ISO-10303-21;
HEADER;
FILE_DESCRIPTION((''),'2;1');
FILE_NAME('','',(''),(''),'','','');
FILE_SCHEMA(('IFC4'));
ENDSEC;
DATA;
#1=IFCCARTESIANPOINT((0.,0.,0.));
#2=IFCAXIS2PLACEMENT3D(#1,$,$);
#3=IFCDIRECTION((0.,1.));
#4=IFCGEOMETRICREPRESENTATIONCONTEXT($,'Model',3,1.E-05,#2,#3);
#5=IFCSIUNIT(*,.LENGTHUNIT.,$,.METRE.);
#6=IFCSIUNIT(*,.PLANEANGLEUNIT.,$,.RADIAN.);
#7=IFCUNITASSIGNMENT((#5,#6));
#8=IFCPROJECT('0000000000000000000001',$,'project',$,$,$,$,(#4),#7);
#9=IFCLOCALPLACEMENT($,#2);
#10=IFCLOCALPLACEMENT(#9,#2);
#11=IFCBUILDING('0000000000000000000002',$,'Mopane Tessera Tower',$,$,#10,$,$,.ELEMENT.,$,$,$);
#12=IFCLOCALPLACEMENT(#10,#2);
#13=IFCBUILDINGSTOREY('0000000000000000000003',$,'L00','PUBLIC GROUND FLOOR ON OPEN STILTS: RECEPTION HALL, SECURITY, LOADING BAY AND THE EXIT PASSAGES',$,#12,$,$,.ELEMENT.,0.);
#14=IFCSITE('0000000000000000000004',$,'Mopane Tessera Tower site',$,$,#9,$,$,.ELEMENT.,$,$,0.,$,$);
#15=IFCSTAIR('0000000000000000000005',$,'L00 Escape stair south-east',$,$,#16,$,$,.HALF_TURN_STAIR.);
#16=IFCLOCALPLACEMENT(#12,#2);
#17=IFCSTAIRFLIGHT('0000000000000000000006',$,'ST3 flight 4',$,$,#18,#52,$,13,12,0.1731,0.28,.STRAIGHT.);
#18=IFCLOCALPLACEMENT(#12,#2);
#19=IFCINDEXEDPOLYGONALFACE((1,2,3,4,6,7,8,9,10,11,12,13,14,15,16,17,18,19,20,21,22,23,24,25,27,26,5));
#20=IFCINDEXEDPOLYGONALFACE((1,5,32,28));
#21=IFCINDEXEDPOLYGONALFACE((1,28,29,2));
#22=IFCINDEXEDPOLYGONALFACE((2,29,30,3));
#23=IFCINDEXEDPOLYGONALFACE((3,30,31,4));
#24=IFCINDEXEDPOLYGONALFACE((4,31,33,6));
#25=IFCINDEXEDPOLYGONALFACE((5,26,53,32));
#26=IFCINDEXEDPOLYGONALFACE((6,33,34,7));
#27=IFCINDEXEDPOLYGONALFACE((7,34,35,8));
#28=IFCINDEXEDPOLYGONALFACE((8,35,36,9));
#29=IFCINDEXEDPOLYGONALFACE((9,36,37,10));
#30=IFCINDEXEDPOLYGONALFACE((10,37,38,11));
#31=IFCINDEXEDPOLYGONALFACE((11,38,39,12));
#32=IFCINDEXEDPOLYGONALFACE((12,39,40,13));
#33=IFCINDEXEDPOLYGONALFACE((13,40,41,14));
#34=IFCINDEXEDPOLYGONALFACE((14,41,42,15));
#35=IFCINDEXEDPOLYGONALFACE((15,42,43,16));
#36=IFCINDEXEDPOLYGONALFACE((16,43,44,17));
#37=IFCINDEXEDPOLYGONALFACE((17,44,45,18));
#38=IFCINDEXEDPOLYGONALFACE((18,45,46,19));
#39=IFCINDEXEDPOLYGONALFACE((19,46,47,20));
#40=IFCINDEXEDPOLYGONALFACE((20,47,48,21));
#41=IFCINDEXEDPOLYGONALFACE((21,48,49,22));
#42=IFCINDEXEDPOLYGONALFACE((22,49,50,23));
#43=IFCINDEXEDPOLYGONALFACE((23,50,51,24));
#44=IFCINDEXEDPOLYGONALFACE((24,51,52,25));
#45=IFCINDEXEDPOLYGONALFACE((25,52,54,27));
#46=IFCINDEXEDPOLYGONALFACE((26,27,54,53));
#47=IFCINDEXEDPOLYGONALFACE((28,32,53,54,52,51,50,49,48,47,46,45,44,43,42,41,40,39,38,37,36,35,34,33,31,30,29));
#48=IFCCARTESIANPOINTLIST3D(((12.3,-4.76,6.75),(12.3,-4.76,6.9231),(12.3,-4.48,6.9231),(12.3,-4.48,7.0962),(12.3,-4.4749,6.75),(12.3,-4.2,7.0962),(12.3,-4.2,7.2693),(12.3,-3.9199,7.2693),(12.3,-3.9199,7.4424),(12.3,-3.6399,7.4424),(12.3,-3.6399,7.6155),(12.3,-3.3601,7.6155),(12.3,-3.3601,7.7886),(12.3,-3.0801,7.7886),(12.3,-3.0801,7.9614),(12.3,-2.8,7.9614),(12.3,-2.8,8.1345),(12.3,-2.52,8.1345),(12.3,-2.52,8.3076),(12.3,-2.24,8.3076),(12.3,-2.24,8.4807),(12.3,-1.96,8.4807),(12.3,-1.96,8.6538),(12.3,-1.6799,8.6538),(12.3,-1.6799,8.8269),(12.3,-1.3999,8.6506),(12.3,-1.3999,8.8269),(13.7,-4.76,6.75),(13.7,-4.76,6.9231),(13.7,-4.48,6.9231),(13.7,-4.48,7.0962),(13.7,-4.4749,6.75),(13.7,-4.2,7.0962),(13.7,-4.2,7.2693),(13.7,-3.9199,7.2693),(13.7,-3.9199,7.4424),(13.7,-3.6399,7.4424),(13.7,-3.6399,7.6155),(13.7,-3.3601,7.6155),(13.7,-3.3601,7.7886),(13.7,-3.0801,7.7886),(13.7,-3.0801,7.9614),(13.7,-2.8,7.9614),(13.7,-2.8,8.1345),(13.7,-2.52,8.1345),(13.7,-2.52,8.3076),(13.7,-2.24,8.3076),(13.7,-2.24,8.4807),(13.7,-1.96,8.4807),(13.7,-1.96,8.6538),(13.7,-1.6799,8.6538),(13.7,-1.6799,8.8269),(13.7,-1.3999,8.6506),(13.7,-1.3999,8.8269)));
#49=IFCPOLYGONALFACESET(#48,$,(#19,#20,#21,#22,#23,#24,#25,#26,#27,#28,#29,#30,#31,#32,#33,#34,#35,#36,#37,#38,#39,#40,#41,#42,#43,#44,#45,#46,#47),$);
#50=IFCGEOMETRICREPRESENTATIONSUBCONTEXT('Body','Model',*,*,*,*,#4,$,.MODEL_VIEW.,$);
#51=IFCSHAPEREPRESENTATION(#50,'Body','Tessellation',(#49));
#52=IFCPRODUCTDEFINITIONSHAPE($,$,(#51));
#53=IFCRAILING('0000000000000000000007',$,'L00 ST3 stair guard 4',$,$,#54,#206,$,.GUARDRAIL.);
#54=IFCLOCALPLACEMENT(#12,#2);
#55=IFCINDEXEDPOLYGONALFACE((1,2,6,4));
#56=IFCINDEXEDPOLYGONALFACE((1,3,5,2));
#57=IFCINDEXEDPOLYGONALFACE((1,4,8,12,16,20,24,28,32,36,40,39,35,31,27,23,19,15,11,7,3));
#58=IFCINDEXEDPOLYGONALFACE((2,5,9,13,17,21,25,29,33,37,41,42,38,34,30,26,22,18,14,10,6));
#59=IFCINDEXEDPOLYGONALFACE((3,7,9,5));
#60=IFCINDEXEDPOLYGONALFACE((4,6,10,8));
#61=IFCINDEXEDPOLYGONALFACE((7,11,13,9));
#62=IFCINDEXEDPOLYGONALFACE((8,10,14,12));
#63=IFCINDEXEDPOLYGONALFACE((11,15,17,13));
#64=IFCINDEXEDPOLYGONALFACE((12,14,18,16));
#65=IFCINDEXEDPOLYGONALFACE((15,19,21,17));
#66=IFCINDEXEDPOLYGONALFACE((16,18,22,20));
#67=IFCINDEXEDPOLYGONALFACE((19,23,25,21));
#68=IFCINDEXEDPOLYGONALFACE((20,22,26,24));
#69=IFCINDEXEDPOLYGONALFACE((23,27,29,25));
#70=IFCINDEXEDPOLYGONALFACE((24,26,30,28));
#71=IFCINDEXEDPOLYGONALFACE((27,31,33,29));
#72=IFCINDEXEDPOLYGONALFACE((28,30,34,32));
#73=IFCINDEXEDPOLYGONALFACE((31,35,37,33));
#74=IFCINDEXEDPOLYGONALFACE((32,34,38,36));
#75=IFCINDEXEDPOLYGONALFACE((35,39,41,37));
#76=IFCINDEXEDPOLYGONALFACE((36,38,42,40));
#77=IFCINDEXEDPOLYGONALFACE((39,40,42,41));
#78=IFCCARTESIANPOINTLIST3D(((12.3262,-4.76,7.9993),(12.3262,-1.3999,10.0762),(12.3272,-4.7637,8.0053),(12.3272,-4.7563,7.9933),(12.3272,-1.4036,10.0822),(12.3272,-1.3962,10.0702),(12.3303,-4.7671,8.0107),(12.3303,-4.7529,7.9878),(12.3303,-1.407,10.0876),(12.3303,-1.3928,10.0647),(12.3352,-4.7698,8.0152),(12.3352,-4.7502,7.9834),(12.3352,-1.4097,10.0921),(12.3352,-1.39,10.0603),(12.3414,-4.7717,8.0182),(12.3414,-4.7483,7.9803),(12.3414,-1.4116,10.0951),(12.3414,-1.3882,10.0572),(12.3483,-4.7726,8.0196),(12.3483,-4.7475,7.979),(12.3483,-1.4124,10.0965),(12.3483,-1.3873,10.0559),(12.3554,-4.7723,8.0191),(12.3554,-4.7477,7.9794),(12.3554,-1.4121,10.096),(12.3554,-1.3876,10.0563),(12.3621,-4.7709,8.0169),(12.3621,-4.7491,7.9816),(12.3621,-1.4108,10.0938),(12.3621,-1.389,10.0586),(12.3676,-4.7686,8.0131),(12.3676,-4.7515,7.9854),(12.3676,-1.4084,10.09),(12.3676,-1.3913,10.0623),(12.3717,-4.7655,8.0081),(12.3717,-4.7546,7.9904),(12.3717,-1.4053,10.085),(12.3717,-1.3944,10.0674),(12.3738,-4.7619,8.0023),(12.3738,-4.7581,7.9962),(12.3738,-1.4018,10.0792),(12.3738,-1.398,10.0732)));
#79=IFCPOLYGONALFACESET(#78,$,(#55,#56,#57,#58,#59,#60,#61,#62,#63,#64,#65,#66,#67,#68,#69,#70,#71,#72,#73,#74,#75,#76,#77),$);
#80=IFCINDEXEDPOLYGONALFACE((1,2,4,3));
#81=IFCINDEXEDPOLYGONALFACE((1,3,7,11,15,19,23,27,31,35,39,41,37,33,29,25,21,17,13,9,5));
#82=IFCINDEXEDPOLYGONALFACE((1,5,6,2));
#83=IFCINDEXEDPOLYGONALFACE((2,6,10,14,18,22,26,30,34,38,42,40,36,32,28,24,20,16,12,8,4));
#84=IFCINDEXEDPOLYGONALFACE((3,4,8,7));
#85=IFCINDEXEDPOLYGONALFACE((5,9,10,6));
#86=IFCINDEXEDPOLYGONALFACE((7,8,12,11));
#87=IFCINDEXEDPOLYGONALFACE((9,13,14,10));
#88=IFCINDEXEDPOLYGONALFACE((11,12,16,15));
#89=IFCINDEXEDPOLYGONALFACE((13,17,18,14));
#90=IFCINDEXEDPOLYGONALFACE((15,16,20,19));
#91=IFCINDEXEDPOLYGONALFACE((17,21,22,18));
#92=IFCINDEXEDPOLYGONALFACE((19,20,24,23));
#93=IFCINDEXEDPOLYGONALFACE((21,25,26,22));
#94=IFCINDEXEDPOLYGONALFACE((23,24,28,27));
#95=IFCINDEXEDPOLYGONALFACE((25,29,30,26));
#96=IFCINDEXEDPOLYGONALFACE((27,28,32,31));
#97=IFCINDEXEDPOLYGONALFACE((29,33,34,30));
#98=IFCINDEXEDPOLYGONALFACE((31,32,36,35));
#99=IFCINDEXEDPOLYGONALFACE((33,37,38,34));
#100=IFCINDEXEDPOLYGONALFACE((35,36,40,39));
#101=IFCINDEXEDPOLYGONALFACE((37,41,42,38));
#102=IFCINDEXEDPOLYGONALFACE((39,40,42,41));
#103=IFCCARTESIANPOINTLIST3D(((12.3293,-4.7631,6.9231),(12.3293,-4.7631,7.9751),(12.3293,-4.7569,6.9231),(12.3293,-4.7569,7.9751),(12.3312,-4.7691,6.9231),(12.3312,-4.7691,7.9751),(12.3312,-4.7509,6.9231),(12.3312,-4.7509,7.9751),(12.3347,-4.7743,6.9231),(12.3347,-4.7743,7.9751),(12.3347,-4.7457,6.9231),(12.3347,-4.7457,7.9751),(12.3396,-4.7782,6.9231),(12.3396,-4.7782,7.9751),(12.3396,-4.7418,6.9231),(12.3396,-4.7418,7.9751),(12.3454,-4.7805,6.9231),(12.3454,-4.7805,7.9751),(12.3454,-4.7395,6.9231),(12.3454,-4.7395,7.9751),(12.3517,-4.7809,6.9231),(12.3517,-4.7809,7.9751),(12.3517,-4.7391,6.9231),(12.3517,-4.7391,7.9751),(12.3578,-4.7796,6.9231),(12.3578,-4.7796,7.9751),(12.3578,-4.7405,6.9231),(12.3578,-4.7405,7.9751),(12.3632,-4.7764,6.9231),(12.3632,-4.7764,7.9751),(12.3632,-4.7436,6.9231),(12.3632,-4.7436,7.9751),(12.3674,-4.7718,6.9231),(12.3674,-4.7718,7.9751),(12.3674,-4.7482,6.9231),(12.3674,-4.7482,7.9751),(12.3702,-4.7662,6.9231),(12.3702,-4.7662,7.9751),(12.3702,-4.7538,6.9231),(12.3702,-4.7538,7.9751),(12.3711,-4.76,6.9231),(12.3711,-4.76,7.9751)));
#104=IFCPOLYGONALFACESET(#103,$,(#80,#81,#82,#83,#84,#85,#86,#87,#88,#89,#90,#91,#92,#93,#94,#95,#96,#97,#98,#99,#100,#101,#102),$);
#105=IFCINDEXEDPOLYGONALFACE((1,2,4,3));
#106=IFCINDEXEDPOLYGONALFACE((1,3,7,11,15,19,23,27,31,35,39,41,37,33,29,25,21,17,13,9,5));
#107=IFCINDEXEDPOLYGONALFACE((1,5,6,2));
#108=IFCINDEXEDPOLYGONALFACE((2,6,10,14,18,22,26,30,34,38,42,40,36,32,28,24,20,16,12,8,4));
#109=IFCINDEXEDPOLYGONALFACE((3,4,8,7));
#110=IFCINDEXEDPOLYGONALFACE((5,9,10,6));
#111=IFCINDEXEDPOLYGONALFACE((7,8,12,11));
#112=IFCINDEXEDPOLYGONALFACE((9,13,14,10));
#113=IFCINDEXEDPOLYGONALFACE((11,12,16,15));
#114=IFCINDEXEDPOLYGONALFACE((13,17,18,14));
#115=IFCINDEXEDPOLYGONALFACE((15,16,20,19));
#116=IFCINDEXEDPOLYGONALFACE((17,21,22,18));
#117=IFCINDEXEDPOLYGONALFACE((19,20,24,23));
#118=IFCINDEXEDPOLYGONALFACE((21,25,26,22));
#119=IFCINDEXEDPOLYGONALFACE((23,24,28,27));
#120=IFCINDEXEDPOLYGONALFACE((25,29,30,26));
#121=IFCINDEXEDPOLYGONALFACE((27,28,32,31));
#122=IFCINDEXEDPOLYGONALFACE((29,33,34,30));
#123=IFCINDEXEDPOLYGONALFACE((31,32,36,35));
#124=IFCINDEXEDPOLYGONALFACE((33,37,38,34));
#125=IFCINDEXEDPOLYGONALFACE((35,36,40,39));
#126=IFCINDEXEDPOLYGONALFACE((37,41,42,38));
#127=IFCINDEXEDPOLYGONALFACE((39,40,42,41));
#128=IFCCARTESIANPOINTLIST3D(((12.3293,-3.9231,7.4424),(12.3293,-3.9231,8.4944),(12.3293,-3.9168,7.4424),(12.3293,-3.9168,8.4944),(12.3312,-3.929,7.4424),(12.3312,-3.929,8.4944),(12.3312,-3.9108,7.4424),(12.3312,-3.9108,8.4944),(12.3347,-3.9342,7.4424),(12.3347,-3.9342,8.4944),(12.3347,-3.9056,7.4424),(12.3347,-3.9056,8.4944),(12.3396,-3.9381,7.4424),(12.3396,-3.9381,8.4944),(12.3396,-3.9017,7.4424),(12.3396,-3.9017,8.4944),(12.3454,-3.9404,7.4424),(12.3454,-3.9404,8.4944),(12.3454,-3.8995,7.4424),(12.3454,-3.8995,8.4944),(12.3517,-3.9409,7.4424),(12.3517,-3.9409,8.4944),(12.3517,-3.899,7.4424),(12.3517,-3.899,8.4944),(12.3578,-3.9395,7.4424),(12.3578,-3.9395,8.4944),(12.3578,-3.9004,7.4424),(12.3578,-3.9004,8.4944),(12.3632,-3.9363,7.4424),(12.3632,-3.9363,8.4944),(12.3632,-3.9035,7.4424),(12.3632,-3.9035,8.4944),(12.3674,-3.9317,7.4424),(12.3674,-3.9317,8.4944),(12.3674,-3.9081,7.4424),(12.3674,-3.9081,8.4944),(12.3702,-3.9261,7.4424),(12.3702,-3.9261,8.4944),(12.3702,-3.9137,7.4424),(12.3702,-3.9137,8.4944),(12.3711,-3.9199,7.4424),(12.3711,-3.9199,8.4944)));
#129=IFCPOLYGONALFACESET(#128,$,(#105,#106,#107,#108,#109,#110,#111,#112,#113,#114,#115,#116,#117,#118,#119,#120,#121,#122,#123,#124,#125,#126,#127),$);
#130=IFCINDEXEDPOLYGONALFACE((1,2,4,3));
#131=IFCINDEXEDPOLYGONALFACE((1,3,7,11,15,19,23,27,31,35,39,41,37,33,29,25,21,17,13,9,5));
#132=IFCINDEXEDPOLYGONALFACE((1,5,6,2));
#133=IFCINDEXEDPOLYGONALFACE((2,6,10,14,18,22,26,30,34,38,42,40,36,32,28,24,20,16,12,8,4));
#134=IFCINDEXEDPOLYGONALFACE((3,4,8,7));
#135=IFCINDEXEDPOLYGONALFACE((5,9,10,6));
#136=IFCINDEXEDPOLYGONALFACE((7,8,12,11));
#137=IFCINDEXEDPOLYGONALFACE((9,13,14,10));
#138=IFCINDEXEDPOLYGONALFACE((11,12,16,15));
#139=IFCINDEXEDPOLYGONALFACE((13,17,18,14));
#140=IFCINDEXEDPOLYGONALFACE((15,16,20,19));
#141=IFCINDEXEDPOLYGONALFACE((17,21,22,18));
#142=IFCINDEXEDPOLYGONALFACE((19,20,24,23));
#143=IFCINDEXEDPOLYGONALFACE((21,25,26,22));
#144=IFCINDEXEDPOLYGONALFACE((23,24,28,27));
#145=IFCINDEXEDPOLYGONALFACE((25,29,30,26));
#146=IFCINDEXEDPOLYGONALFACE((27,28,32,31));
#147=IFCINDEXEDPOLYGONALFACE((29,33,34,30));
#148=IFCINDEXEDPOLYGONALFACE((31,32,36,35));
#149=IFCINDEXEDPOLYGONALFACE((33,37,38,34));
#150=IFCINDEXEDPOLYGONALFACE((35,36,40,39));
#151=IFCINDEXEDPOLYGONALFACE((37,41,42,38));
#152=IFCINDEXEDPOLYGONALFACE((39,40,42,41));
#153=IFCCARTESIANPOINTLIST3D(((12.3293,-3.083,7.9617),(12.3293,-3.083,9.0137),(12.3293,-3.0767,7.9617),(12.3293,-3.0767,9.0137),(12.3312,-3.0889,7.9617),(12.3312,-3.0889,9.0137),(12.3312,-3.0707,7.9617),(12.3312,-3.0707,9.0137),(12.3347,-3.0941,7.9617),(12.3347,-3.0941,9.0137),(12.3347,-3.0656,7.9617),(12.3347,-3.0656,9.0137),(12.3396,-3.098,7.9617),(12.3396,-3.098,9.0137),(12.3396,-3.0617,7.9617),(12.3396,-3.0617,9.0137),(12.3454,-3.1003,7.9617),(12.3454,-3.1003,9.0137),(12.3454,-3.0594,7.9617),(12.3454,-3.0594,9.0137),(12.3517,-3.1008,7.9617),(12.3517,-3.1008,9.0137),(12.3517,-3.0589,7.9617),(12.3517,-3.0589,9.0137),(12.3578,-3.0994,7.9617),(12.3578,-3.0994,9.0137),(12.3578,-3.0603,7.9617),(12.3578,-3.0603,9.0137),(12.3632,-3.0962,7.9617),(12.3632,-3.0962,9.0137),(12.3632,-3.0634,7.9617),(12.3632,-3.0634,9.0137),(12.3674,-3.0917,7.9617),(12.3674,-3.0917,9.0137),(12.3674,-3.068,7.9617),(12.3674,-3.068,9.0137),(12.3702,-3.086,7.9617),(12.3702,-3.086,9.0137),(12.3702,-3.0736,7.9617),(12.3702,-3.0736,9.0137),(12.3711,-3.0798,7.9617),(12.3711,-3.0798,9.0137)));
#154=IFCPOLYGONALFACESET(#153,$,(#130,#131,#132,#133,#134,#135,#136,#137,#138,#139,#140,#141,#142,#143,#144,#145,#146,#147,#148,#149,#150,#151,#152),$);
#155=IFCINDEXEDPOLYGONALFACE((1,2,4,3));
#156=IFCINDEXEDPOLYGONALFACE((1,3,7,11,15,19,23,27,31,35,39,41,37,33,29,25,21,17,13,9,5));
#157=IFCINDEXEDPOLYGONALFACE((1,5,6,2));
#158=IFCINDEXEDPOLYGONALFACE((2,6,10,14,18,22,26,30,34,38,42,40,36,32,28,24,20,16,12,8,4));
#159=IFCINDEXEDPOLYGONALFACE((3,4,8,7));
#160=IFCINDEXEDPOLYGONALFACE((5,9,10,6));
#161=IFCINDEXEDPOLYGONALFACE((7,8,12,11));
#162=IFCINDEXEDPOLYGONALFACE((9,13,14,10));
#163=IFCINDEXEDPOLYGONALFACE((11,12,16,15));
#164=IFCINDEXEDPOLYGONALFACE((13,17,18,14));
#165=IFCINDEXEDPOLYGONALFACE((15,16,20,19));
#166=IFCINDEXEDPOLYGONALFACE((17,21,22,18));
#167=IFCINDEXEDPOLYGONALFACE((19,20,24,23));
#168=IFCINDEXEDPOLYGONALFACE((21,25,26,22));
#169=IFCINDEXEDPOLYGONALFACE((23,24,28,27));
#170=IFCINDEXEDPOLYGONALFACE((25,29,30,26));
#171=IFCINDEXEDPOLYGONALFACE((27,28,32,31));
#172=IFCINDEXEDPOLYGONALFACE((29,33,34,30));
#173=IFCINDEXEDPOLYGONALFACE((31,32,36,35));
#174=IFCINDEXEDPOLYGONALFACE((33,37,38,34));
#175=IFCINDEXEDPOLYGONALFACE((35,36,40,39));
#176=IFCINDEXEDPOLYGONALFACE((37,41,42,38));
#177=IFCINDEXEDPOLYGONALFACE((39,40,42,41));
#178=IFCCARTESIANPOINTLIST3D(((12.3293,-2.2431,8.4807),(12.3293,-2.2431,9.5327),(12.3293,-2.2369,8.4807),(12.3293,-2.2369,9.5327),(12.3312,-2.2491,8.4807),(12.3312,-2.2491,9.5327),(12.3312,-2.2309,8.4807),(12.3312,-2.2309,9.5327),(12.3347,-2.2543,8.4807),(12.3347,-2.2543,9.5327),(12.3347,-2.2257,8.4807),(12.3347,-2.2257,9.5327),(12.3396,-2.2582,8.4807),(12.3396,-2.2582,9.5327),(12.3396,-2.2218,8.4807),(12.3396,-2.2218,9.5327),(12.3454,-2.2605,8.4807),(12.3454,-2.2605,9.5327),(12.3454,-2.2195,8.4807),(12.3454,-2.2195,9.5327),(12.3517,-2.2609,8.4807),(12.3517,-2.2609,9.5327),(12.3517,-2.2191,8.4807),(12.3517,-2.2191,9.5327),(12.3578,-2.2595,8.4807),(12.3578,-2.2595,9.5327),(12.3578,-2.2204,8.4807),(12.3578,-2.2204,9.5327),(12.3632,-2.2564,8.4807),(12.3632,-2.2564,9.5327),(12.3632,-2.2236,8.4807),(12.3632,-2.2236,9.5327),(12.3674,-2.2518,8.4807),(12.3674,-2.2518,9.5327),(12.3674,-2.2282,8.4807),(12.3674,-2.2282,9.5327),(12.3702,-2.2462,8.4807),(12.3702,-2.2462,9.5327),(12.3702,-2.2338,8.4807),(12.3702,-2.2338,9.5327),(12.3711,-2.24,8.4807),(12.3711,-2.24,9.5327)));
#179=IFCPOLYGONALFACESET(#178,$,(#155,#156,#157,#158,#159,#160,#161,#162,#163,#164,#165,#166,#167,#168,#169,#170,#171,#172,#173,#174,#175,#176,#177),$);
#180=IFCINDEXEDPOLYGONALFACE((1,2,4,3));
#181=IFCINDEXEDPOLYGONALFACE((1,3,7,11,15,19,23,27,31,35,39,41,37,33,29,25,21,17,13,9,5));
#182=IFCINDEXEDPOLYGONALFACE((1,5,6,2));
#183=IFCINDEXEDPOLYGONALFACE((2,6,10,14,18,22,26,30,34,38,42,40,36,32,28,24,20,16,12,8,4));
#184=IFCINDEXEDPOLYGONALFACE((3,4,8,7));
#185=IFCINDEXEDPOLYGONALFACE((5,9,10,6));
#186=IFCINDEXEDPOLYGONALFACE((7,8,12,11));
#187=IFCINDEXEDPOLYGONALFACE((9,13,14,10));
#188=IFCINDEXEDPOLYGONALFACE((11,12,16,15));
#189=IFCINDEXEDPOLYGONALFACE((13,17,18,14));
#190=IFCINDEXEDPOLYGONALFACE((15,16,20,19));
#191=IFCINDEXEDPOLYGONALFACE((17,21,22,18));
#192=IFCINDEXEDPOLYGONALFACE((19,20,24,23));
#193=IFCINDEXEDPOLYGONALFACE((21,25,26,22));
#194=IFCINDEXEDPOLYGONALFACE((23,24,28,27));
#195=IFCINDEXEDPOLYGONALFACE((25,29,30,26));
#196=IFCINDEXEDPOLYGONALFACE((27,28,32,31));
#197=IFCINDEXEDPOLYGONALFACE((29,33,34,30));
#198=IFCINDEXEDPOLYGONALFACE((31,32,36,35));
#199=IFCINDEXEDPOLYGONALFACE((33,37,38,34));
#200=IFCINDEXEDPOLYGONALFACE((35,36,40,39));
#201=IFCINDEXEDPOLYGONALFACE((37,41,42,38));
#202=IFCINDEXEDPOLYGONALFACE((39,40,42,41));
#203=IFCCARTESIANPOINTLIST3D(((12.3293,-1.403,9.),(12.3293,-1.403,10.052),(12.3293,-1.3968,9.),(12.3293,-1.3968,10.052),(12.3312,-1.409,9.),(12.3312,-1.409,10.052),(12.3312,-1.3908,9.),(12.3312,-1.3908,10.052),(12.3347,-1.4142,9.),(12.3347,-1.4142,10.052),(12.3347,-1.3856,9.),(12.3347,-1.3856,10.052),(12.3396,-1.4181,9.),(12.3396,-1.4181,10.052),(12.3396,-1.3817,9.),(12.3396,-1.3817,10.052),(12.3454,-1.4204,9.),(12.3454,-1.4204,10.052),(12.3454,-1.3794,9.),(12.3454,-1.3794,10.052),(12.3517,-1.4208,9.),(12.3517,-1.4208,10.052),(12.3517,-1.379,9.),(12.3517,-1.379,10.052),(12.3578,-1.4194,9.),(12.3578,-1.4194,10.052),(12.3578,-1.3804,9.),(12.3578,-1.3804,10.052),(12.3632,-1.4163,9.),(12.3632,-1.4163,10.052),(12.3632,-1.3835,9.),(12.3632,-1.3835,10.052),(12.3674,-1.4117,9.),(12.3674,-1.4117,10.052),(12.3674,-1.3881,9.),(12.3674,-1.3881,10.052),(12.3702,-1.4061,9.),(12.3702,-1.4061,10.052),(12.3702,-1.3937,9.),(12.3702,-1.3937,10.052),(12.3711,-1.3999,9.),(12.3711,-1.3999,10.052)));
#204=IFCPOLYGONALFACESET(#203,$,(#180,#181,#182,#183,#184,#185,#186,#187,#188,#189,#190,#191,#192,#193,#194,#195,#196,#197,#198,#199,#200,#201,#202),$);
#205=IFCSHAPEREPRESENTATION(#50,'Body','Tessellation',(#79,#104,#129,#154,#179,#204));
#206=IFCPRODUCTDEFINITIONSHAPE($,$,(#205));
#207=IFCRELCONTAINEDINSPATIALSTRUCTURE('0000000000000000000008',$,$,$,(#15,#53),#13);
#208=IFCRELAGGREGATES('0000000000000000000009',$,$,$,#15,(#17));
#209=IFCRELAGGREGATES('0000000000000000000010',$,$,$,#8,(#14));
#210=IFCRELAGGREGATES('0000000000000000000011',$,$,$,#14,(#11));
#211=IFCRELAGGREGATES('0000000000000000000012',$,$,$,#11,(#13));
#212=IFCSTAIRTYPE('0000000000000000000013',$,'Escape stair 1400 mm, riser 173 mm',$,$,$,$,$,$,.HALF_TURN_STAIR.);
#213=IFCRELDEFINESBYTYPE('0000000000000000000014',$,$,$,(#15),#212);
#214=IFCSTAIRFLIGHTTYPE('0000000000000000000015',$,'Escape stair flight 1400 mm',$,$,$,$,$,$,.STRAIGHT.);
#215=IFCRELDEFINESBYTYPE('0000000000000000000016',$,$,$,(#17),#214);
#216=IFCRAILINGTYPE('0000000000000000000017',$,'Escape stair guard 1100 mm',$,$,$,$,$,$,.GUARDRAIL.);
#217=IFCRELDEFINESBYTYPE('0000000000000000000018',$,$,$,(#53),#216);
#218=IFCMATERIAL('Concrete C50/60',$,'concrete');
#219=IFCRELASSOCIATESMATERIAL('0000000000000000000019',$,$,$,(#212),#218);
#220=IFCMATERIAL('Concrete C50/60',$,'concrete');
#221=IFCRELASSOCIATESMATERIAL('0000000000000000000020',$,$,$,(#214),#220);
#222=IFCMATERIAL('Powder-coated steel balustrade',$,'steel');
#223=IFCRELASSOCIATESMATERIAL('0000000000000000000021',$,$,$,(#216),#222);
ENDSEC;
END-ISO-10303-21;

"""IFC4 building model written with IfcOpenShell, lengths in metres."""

from ifc_helpers import new_model, si_unit, direction, frame, origin, origin_2d, place, context, subcontext, project, spatial, polyline, circle, outline, extrude, material, type_object, element, aggregate, save


model = new_model("IFC4")

# Units and contexts
model_context = context("Model", 3, precision=1e-05, world=origin(), true_north=direction((0.0, 1.0)))
body_context = subcontext(model_context, "Body", "Model", "MODEL_VIEW")
ifc_project = project(units=[si_unit("LENGTHUNIT", "METRE"), si_unit("PLANEANGLEUNIT", "RADIAN")], contexts=[model_context])

# Site, building, storey
site_placement = place(None, origin())
site = spatial("IfcSite", under=ifc_project, at=site_placement, Name="Mopane Tessera Tower site", CompositionType="ELEMENT", RefElevation=0.0)
building_placement = place(site_placement, origin())
building = spatial("IfcBuilding", under=site, at=building_placement, Name="Mopane Tessera Tower", CompositionType="ELEMENT")
storey_placement = place(building_placement, origin())
storey = spatial("IfcBuildingStorey", under=building, at=storey_placement, Name="L00", Description="PUBLIC GROUND FLOOR ON OPEN STILTS: RECEPTION HALL, SECURITY, LOADING BAY AND THE EXIT PASSAGES", CompositionType="ELEMENT", Elevation=0.0)

# Stair, stair flight
ifc_material_1 = material(Name="Concrete C50/60", Category="concrete")
stair_type = type_object("IfcStairType", Name="Escape stair 1400 mm, riser 173 mm", PredefinedType="HALF_TURN_STAIR", material=ifc_material_1)
stair_placement = place(storey_placement, origin())
stair = element("IfcStair", 1, at=stair_placement, inside=storey, type_object=stair_type, Name="L00 Escape stair south-east", PredefinedType="HALF_TURN_STAIR")
ifc_material_2 = material(Name="Concrete C50/60", Category="concrete")
stair_flight_type = type_object("IfcStairFlightType", Name="Escape stair flight 1400 mm", PredefinedType="STRAIGHT", material=ifc_material_2)
stair_flight_1_placement = place(storey_placement, frame((13.0, -4.76, 6.75), z_axis=(0.0, 0.0, 1.0), x_axis=(0.0, 1.0, 0.0)))
stair_flight_1 = element("IfcStairFlight", 2, at=stair_flight_1_placement, type_object=stair_flight_type, Name="ST3 flight 4", NumberOfRisers=13, NumberOfTreads=12, PredefinedType="STRAIGHT", RiserHeight=0.1731, TreadLength=0.28, context=body_context, shape_type="SweptSolid", body=[
    extrude(outline(polyline([(0.0, 0.0), (0.0, 0.1731), (0.28, 0.1731), (0.28, 0.3462), (0.5601, 0.3462), (0.5601, 0.5193), (0.8401, 0.5193), (0.8401, 0.6924), (1.1201, 0.6924), (1.1201, 0.8655), (1.3999, 0.8655), (1.3999, 1.0386), (1.6799, 1.0386), (1.6799, 1.2114), (1.96, 1.2114), (1.96, 1.3845), (2.24, 1.3845), (2.24, 1.5576), (2.52, 1.5576), (2.52, 1.7307), (2.8, 1.7307), (2.8, 1.9038), (3.0801, 1.9038), (3.0801, 2.0769), (3.3601, 2.0769), (3.3601, 2.25), (3.3601, 1.9006), (0.2852, 0.0), (0.0, 0.0)])), frame((0.0, 0.7, 0.0), z_axis=(0.0, -1.0, 0.0), x_axis=(1.0, 0.0, 0.0)), (0.0, 0.0, 1.0), 1.3999),
])
aggregate(stair, [stair_flight_1])

# Railing
ifc_material_3 = material(Name="Powder-coated steel balustrade", Category="steel")
railing_type_1 = type_object("IfcRailingType", Name="Escape stair guard 1100 mm", PredefinedType="GUARDRAIL", material=ifc_material_3)
railing_1_placement = place(storey_placement, frame((12.3501, -4.76, 6.9231)))
element("IfcRailing", 3, at=railing_1_placement, inside=storey, type_object=railing_type_1, Name="L00 ST3 stair guard 4", PredefinedType="GUARDRAIL", context=body_context, shape_type="SweptSolid", body=[
    extrude(circle(Radius=0.0239, at=origin_2d()), frame((0.0, 0.0, 1.0762), z_axis=(0.0, 0.850623, 0.525776), x_axis=(-1.0, 0.0, 0.0)), (0.0, 0.0, 1.0), 3.9502),
    extrude(circle(Radius=0.021, at=origin_2d()), origin(), (0.0, 0.0, 1.0), 1.052),
    extrude(circle(Radius=0.021, at=origin_2d()), frame((0.0, 0.8401, 0.5193)), (0.0, 0.0, 1.0), 1.052),
    extrude(circle(Radius=0.021, at=origin_2d()), frame((0.0, 1.6802, 1.0386)), (0.0, 0.0, 1.0), 1.052),
    extrude(circle(Radius=0.021, at=origin_2d()), frame((0.0, 2.52, 1.5576)), (0.0, 0.0, 1.0), 1.052),
    extrude(circle(Radius=0.021, at=origin_2d()), frame((0.0, 3.3601, 2.0769)), (0.0, 0.0, 1.0), 1.052),
])

save(model, "model.ifc")
